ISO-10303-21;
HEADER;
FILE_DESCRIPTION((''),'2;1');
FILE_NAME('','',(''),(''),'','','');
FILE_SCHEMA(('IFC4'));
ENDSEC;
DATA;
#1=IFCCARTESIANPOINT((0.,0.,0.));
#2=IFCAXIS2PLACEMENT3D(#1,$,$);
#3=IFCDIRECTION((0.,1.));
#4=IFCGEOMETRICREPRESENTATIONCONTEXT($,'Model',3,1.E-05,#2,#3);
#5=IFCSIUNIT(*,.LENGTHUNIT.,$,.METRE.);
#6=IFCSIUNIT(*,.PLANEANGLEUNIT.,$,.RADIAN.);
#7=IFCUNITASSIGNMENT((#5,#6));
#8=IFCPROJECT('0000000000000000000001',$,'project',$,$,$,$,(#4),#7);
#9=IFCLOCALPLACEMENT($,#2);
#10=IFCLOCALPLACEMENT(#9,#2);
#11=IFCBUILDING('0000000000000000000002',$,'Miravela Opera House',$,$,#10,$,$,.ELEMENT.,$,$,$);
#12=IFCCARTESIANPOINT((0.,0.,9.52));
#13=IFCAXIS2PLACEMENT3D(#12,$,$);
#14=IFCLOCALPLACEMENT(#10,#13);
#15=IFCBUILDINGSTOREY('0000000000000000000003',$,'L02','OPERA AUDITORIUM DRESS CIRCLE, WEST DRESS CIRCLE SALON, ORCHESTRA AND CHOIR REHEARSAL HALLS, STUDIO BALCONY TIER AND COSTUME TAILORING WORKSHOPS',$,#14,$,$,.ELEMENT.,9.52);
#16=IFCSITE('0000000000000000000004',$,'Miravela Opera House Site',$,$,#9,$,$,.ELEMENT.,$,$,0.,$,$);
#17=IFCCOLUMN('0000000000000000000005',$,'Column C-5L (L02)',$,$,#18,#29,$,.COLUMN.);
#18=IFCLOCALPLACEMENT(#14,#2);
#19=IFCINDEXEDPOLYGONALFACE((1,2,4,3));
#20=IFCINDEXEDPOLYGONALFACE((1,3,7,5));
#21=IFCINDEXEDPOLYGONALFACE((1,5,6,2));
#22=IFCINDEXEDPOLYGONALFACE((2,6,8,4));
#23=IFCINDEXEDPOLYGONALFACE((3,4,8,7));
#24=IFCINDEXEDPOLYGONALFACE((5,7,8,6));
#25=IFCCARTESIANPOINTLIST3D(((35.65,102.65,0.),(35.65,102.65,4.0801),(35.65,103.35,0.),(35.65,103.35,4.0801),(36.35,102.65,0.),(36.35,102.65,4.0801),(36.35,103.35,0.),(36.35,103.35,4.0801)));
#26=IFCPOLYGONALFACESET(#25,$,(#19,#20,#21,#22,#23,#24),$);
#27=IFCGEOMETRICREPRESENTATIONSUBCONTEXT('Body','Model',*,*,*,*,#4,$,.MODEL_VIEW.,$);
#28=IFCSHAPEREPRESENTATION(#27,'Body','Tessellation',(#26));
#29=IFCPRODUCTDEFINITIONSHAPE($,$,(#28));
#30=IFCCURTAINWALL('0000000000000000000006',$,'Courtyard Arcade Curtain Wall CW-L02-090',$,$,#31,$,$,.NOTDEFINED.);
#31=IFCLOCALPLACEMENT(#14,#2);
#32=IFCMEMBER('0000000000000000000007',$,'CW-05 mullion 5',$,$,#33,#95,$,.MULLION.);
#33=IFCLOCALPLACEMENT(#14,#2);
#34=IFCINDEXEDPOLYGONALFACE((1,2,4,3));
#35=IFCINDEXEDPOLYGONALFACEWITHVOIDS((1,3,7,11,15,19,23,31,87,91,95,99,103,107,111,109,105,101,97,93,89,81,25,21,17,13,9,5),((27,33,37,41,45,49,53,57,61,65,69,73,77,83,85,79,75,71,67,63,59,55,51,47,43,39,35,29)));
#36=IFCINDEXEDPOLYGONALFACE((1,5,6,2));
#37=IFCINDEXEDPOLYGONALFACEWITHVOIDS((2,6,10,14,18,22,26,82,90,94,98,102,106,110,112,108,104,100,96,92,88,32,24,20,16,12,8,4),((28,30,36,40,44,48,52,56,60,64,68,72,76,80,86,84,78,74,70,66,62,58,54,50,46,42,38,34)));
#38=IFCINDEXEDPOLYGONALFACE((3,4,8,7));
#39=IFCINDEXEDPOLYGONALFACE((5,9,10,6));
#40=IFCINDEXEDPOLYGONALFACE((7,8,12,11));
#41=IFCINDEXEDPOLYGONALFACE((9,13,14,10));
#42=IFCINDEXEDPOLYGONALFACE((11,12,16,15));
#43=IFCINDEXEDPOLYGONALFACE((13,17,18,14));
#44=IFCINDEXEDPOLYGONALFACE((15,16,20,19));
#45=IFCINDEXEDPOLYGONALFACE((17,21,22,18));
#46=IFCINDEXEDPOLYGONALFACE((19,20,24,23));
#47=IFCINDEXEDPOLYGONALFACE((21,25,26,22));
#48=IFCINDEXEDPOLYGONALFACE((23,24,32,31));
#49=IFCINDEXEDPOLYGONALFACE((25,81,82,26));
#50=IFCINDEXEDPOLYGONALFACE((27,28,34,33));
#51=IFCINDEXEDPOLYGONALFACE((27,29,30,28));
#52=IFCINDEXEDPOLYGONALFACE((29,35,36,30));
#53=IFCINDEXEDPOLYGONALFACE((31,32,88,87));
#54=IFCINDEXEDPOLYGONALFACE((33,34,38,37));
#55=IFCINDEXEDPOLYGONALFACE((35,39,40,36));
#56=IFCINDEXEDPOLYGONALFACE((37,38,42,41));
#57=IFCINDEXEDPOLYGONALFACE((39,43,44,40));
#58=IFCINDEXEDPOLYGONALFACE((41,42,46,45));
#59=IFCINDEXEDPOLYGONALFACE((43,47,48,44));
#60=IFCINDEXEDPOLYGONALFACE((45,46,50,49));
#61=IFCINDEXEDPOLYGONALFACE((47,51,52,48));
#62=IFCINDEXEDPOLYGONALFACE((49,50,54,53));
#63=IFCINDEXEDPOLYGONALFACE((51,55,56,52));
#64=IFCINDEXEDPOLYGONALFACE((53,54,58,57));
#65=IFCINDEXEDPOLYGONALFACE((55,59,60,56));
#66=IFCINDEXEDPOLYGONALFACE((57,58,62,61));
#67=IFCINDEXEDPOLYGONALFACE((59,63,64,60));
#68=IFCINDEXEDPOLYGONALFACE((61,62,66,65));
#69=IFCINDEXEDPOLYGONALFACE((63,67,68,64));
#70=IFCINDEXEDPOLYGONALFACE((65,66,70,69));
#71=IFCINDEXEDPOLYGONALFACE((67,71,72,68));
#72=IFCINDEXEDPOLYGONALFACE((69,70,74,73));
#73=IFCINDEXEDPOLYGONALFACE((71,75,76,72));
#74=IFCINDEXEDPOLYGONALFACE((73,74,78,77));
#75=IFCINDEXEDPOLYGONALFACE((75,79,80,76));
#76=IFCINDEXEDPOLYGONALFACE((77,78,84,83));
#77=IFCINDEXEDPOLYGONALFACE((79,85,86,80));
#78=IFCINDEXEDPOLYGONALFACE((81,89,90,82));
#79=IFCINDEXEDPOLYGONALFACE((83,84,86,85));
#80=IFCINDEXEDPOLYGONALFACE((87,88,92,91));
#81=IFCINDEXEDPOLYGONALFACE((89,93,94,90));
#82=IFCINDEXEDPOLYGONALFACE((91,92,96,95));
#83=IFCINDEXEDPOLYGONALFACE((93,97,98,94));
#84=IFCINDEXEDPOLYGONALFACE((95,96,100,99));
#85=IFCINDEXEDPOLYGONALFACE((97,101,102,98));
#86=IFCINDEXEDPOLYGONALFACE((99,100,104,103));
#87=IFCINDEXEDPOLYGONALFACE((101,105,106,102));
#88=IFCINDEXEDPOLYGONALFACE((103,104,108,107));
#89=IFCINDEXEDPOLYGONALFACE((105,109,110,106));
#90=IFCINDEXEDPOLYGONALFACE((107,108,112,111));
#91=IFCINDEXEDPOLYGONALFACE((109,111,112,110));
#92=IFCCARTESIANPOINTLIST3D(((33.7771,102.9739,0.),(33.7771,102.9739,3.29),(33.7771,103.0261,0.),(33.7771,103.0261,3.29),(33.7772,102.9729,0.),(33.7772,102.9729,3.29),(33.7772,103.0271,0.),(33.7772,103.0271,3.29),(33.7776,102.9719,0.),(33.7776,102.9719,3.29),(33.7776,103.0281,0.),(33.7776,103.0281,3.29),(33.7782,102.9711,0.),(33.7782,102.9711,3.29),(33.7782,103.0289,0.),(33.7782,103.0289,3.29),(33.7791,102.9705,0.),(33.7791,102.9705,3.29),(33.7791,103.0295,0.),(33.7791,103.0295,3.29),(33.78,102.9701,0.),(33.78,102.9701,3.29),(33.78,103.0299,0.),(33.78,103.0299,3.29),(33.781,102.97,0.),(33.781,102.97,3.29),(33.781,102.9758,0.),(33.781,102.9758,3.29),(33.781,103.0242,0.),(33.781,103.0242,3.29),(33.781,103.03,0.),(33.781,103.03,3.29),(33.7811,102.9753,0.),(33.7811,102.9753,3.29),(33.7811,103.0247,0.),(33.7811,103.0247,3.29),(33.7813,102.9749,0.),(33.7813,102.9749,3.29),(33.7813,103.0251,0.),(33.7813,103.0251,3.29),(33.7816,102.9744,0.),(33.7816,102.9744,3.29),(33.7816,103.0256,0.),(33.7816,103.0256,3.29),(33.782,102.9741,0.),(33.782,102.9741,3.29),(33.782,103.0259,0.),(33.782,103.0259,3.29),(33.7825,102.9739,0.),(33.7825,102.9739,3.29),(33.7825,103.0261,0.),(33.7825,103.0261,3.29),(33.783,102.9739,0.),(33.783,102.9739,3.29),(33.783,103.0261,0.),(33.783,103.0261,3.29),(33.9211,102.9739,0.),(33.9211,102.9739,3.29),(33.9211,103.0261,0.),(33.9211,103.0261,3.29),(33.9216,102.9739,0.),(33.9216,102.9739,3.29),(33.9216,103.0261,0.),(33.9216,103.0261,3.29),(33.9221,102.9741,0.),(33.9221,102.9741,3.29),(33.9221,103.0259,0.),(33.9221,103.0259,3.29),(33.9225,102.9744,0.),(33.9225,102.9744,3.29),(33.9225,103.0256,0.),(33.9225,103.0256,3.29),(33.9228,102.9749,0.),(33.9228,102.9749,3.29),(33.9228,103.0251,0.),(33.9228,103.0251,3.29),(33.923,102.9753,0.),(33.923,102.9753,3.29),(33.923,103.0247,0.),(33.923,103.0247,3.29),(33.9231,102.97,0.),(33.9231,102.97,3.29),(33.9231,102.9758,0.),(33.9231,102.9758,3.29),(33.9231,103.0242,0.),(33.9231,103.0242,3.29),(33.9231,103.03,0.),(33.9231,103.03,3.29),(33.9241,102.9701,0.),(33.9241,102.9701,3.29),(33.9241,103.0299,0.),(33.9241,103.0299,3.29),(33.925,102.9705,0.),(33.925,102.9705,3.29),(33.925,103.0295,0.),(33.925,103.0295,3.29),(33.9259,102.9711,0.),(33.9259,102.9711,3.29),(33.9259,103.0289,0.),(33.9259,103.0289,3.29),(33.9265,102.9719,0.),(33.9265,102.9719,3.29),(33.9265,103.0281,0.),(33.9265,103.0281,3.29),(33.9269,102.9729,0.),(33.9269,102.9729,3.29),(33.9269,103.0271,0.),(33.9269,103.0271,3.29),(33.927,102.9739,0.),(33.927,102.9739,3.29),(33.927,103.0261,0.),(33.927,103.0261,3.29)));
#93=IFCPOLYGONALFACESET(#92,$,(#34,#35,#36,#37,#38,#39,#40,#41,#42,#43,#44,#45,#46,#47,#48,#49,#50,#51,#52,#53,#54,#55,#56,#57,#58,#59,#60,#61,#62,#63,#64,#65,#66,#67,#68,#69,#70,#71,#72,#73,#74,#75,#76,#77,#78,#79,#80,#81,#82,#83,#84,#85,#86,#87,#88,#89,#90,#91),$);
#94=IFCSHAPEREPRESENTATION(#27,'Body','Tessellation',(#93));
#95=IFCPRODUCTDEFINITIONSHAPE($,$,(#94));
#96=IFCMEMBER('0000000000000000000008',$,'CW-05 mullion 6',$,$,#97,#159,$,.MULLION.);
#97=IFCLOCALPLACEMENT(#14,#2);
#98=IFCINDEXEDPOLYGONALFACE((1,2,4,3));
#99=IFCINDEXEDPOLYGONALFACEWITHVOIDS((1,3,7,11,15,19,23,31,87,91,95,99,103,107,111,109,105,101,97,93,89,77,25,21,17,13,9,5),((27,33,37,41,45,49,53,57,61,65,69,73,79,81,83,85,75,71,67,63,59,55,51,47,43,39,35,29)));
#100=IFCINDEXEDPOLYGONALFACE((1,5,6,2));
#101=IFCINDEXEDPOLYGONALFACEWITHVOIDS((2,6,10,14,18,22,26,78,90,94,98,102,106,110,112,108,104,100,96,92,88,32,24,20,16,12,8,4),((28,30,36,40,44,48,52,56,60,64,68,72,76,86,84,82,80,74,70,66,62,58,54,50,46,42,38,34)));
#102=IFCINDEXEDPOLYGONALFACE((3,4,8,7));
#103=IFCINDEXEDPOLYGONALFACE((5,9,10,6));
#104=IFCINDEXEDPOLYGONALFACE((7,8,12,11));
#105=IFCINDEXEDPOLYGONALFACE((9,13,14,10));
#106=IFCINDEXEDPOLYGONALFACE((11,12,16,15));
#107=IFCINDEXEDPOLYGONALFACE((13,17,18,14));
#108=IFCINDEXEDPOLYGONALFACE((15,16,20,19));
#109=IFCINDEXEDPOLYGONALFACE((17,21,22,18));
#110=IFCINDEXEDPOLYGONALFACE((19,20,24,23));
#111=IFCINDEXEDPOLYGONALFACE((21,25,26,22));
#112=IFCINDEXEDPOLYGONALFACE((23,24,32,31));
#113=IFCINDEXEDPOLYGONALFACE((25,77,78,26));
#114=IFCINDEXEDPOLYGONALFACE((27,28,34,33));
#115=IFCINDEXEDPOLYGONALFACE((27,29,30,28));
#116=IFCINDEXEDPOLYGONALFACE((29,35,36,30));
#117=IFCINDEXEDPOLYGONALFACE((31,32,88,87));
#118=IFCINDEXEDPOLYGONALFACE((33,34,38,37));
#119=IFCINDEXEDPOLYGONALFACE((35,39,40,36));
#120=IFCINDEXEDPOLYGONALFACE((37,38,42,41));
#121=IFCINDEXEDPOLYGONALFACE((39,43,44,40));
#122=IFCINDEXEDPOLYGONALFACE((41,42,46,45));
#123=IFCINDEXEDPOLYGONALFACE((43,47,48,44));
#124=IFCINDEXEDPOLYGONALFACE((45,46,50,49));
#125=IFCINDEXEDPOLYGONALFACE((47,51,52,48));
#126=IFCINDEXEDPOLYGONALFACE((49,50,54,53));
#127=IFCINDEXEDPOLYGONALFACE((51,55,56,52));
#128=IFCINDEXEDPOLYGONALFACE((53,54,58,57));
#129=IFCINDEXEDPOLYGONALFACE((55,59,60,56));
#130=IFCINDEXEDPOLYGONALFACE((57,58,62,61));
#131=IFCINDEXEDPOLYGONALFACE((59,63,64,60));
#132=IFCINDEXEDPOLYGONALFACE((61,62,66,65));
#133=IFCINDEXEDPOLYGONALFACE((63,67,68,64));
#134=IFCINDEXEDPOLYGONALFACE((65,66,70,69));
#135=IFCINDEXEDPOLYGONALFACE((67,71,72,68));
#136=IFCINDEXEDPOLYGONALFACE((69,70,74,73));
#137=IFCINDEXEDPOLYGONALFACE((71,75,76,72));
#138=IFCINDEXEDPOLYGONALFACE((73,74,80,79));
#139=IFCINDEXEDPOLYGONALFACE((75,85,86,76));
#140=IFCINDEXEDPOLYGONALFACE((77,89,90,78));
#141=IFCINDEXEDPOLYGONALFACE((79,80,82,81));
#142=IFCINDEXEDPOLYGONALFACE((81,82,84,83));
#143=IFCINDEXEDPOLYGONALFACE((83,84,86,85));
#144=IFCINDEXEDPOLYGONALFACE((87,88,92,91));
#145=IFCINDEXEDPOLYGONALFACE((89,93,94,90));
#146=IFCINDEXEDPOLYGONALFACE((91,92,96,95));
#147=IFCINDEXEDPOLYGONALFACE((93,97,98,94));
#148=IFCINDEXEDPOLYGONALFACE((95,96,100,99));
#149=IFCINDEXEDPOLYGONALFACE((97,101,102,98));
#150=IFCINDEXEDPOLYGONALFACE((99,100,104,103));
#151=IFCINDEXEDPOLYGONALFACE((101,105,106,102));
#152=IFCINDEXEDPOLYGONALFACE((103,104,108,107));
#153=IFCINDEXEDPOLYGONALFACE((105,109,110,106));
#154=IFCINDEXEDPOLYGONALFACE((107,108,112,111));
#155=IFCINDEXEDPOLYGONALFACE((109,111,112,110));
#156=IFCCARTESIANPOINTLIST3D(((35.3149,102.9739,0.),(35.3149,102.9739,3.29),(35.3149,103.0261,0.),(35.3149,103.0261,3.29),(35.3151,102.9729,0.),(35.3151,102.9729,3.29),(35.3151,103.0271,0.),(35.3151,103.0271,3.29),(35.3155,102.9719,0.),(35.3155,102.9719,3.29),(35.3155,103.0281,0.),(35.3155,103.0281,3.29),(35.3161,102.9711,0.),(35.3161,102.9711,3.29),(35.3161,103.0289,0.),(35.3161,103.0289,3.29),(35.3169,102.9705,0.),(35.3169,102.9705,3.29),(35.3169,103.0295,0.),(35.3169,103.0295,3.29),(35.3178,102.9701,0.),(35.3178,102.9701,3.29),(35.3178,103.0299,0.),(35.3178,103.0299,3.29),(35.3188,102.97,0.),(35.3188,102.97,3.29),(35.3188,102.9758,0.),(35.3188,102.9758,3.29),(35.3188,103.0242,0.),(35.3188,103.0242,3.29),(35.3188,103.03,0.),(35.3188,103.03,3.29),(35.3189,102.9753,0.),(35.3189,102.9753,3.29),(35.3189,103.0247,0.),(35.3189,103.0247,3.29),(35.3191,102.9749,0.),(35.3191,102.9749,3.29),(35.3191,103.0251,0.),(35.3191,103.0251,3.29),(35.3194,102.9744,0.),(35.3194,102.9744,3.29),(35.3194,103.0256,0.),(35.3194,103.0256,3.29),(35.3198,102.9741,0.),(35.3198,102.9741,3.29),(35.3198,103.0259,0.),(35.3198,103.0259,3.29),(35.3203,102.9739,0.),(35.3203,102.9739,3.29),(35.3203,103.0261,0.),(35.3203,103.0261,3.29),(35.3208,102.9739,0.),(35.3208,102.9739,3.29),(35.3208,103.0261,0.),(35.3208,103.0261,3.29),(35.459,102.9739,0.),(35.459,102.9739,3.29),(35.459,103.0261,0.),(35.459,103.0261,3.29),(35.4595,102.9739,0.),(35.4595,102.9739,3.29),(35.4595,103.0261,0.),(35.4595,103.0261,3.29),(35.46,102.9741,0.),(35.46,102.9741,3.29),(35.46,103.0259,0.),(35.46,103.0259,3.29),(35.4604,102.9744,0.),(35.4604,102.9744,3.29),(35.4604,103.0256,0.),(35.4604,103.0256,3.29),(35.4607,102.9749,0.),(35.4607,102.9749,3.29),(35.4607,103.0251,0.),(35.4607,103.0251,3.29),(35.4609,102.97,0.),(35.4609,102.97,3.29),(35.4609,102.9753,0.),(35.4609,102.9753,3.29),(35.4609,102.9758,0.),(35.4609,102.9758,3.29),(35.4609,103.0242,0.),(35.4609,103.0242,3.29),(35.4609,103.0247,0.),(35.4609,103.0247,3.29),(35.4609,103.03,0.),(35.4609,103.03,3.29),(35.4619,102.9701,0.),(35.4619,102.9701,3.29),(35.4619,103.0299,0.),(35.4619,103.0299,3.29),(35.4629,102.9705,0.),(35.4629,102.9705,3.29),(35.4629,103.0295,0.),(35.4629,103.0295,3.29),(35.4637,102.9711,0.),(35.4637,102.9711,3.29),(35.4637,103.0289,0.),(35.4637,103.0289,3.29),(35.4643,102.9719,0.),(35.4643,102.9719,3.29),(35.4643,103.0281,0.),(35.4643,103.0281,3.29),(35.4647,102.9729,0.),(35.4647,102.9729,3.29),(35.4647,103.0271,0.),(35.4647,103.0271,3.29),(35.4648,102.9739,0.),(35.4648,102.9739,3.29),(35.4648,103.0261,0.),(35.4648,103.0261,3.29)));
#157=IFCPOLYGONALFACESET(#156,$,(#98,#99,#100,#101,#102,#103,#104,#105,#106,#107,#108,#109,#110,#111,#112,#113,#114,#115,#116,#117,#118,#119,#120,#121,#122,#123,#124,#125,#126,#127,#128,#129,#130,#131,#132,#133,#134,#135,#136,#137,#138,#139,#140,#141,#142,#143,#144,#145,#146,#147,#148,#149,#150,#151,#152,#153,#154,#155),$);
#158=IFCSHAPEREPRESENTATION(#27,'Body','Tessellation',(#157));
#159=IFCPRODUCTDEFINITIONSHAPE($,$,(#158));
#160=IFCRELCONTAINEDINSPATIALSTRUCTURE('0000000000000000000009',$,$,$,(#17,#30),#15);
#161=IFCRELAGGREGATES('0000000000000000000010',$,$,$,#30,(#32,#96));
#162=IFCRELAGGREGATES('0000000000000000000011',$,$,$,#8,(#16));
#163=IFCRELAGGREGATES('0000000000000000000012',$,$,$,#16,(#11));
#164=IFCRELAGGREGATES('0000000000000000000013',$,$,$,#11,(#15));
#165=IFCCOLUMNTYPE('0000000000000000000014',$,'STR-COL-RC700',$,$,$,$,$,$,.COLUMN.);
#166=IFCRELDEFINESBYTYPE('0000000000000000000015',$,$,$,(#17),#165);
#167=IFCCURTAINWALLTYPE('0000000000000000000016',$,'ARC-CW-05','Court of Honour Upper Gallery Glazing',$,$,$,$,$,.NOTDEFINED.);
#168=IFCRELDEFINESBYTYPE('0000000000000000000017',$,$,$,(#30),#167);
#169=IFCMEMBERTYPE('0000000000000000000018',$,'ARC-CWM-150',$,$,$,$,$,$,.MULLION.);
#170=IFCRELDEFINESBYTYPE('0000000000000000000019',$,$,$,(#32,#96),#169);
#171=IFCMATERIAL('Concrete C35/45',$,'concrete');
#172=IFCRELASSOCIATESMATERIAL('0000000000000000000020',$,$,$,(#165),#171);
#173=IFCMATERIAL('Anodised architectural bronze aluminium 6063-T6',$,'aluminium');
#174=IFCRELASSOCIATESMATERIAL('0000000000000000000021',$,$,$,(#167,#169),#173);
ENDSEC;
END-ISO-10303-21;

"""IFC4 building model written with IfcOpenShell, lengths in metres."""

from ifc_helpers import new_model, si_unit, direction, frame, origin, origin_2d, place, context, subcontext, project, spatial, rectangle, hollow_rectangle, extrude, material, material_profile, profile_set, type_object, element, aggregate, save


model = new_model("IFC4")

# Units and contexts
model_context = context("Model", 3, precision=1e-05, world=origin(), true_north=direction((0.0, 1.0)))
body_context = subcontext(model_context, "Body", "Model", "MODEL_VIEW")
ifc_project = project(units=[si_unit("LENGTHUNIT", "METRE"), si_unit("PLANEANGLEUNIT", "RADIAN")], contexts=[model_context])

# Site, building, storey
site_placement = place(None, origin())
site = spatial("IfcSite", under=ifc_project, at=site_placement, Name="Miravela Opera House Site", CompositionType="ELEMENT", RefElevation=0.0)
building_placement = place(site_placement, origin())
building = spatial("IfcBuilding", under=site, at=building_placement, Name="Miravela Opera House", CompositionType="ELEMENT")
storey_placement = place(building_placement, frame((0.0, 0.0, 9.52)))
storey = spatial("IfcBuildingStorey", under=building, at=storey_placement, Name="L02", Description="OPERA AUDITORIUM DRESS CIRCLE, WEST DRESS CIRCLE SALON, ORCHESTRA AND CHOIR REHEARSAL HALLS, STUDIO BALCONY TIER AND COSTUME TAILORING WORKSHOPS", CompositionType="ELEMENT", Elevation=9.52)

# Column
ifc_material_1 = material(Name="Concrete C35/45", Category="concrete")
ifc_material_profile_1 = material_profile(ifc_material_1, rectangle(XDim=0.7, YDim=0.7, at=origin_2d()), Name="RC-COL-700X700")
ifc_profile_set_1 = profile_set([ifc_material_profile_1])
column_type = type_object("IfcColumnType", Name="STR-COL-RC700", PredefinedType="COLUMN", material=ifc_profile_set_1)
column_placement = place(storey_placement, frame((36.0, 103.0, 0.0), z_axis=(0.0, 0.0, 1.0), x_axis=(1.0, 0.0, 0.0)))
element("IfcColumn", 1, at=column_placement, inside=storey, type_object=column_type, Name="Column C-5L (L02)", PredefinedType="COLUMN", context=body_context, shape_type="SweptSolid", body=[
    extrude(rectangle(XDim=0.7, YDim=0.7, at=origin_2d()), origin(), (0.0, 0.0, 1.0), 4.0801),
])

# Curtain wall, members
ifc_material_2 = material(Name="Anodised architectural bronze aluminium 6063-T6", Category="aluminium")
curtain_wall_type = type_object("IfcCurtainWallType", Name="ARC-CW-05", Description="Court of Honour Upper Gallery Glazing", PredefinedType="NOTDEFINED", material=ifc_material_2)
curtain_wall_1_placement = place(storey_placement, origin())
curtain_wall_1 = element("IfcCurtainWall", 2, at=curtain_wall_1_placement, inside=storey, type_object=curtain_wall_type, Name="Courtyard Arcade Curtain Wall CW-L02-090", PredefinedType="NOTDEFINED")
ifc_material_profile_2 = material_profile(ifc_material_2, hollow_rectangle(XDim=0.0601, YDim=0.1499, WallThickness=0.0039, InnerFilletRadius=0.002, OuterFilletRadius=0.0039, at=origin_2d()), Name="CWM-60X150")
ifc_profile_set_2 = profile_set([ifc_material_profile_2])
member_type_1 = type_object("IfcMemberType", Name="ARC-CWM-150", PredefinedType="MULLION", material=ifc_profile_set_2)
member_1_placement = place(storey_placement, frame((33.8521, 103.0, 0.0), z_axis=(0.0, 0.0, 1.0), x_axis=(0.0, 1.0, 0.0)))
member_1 = element("IfcMember", 3, at=member_1_placement, type_object=member_type_1, Name="CW-05 mullion 5", PredefinedType="MULLION", context=body_context, shape_type="SweptSolid", body=[
    extrude(hollow_rectangle(XDim=0.0601, YDim=0.1499, WallThickness=0.0039, InnerFilletRadius=0.002, OuterFilletRadius=0.0039, at=origin_2d()), origin(), (0.0, 0.0, 1.0), 3.29),
])
member_2_placement = place(storey_placement, frame((35.3899, 103.0, 0.0), z_axis=(0.0, 0.0, 1.0), x_axis=(0.0, 1.0, 0.0)))
member_2 = element("IfcMember", 4, at=member_2_placement, type_object=member_type_1, Name="CW-05 mullion 6", PredefinedType="MULLION", context=body_context, shape_type="SweptSolid", body=[
    extrude(hollow_rectangle(XDim=0.0601, YDim=0.1499, WallThickness=0.0039, InnerFilletRadius=0.002, OuterFilletRadius=0.0039, at=origin_2d()), origin(), (0.0, 0.0, 1.0), 3.29),
])

aggregate(curtain_wall_1, [member_1, member_2])

save(model, "model.ifc")
